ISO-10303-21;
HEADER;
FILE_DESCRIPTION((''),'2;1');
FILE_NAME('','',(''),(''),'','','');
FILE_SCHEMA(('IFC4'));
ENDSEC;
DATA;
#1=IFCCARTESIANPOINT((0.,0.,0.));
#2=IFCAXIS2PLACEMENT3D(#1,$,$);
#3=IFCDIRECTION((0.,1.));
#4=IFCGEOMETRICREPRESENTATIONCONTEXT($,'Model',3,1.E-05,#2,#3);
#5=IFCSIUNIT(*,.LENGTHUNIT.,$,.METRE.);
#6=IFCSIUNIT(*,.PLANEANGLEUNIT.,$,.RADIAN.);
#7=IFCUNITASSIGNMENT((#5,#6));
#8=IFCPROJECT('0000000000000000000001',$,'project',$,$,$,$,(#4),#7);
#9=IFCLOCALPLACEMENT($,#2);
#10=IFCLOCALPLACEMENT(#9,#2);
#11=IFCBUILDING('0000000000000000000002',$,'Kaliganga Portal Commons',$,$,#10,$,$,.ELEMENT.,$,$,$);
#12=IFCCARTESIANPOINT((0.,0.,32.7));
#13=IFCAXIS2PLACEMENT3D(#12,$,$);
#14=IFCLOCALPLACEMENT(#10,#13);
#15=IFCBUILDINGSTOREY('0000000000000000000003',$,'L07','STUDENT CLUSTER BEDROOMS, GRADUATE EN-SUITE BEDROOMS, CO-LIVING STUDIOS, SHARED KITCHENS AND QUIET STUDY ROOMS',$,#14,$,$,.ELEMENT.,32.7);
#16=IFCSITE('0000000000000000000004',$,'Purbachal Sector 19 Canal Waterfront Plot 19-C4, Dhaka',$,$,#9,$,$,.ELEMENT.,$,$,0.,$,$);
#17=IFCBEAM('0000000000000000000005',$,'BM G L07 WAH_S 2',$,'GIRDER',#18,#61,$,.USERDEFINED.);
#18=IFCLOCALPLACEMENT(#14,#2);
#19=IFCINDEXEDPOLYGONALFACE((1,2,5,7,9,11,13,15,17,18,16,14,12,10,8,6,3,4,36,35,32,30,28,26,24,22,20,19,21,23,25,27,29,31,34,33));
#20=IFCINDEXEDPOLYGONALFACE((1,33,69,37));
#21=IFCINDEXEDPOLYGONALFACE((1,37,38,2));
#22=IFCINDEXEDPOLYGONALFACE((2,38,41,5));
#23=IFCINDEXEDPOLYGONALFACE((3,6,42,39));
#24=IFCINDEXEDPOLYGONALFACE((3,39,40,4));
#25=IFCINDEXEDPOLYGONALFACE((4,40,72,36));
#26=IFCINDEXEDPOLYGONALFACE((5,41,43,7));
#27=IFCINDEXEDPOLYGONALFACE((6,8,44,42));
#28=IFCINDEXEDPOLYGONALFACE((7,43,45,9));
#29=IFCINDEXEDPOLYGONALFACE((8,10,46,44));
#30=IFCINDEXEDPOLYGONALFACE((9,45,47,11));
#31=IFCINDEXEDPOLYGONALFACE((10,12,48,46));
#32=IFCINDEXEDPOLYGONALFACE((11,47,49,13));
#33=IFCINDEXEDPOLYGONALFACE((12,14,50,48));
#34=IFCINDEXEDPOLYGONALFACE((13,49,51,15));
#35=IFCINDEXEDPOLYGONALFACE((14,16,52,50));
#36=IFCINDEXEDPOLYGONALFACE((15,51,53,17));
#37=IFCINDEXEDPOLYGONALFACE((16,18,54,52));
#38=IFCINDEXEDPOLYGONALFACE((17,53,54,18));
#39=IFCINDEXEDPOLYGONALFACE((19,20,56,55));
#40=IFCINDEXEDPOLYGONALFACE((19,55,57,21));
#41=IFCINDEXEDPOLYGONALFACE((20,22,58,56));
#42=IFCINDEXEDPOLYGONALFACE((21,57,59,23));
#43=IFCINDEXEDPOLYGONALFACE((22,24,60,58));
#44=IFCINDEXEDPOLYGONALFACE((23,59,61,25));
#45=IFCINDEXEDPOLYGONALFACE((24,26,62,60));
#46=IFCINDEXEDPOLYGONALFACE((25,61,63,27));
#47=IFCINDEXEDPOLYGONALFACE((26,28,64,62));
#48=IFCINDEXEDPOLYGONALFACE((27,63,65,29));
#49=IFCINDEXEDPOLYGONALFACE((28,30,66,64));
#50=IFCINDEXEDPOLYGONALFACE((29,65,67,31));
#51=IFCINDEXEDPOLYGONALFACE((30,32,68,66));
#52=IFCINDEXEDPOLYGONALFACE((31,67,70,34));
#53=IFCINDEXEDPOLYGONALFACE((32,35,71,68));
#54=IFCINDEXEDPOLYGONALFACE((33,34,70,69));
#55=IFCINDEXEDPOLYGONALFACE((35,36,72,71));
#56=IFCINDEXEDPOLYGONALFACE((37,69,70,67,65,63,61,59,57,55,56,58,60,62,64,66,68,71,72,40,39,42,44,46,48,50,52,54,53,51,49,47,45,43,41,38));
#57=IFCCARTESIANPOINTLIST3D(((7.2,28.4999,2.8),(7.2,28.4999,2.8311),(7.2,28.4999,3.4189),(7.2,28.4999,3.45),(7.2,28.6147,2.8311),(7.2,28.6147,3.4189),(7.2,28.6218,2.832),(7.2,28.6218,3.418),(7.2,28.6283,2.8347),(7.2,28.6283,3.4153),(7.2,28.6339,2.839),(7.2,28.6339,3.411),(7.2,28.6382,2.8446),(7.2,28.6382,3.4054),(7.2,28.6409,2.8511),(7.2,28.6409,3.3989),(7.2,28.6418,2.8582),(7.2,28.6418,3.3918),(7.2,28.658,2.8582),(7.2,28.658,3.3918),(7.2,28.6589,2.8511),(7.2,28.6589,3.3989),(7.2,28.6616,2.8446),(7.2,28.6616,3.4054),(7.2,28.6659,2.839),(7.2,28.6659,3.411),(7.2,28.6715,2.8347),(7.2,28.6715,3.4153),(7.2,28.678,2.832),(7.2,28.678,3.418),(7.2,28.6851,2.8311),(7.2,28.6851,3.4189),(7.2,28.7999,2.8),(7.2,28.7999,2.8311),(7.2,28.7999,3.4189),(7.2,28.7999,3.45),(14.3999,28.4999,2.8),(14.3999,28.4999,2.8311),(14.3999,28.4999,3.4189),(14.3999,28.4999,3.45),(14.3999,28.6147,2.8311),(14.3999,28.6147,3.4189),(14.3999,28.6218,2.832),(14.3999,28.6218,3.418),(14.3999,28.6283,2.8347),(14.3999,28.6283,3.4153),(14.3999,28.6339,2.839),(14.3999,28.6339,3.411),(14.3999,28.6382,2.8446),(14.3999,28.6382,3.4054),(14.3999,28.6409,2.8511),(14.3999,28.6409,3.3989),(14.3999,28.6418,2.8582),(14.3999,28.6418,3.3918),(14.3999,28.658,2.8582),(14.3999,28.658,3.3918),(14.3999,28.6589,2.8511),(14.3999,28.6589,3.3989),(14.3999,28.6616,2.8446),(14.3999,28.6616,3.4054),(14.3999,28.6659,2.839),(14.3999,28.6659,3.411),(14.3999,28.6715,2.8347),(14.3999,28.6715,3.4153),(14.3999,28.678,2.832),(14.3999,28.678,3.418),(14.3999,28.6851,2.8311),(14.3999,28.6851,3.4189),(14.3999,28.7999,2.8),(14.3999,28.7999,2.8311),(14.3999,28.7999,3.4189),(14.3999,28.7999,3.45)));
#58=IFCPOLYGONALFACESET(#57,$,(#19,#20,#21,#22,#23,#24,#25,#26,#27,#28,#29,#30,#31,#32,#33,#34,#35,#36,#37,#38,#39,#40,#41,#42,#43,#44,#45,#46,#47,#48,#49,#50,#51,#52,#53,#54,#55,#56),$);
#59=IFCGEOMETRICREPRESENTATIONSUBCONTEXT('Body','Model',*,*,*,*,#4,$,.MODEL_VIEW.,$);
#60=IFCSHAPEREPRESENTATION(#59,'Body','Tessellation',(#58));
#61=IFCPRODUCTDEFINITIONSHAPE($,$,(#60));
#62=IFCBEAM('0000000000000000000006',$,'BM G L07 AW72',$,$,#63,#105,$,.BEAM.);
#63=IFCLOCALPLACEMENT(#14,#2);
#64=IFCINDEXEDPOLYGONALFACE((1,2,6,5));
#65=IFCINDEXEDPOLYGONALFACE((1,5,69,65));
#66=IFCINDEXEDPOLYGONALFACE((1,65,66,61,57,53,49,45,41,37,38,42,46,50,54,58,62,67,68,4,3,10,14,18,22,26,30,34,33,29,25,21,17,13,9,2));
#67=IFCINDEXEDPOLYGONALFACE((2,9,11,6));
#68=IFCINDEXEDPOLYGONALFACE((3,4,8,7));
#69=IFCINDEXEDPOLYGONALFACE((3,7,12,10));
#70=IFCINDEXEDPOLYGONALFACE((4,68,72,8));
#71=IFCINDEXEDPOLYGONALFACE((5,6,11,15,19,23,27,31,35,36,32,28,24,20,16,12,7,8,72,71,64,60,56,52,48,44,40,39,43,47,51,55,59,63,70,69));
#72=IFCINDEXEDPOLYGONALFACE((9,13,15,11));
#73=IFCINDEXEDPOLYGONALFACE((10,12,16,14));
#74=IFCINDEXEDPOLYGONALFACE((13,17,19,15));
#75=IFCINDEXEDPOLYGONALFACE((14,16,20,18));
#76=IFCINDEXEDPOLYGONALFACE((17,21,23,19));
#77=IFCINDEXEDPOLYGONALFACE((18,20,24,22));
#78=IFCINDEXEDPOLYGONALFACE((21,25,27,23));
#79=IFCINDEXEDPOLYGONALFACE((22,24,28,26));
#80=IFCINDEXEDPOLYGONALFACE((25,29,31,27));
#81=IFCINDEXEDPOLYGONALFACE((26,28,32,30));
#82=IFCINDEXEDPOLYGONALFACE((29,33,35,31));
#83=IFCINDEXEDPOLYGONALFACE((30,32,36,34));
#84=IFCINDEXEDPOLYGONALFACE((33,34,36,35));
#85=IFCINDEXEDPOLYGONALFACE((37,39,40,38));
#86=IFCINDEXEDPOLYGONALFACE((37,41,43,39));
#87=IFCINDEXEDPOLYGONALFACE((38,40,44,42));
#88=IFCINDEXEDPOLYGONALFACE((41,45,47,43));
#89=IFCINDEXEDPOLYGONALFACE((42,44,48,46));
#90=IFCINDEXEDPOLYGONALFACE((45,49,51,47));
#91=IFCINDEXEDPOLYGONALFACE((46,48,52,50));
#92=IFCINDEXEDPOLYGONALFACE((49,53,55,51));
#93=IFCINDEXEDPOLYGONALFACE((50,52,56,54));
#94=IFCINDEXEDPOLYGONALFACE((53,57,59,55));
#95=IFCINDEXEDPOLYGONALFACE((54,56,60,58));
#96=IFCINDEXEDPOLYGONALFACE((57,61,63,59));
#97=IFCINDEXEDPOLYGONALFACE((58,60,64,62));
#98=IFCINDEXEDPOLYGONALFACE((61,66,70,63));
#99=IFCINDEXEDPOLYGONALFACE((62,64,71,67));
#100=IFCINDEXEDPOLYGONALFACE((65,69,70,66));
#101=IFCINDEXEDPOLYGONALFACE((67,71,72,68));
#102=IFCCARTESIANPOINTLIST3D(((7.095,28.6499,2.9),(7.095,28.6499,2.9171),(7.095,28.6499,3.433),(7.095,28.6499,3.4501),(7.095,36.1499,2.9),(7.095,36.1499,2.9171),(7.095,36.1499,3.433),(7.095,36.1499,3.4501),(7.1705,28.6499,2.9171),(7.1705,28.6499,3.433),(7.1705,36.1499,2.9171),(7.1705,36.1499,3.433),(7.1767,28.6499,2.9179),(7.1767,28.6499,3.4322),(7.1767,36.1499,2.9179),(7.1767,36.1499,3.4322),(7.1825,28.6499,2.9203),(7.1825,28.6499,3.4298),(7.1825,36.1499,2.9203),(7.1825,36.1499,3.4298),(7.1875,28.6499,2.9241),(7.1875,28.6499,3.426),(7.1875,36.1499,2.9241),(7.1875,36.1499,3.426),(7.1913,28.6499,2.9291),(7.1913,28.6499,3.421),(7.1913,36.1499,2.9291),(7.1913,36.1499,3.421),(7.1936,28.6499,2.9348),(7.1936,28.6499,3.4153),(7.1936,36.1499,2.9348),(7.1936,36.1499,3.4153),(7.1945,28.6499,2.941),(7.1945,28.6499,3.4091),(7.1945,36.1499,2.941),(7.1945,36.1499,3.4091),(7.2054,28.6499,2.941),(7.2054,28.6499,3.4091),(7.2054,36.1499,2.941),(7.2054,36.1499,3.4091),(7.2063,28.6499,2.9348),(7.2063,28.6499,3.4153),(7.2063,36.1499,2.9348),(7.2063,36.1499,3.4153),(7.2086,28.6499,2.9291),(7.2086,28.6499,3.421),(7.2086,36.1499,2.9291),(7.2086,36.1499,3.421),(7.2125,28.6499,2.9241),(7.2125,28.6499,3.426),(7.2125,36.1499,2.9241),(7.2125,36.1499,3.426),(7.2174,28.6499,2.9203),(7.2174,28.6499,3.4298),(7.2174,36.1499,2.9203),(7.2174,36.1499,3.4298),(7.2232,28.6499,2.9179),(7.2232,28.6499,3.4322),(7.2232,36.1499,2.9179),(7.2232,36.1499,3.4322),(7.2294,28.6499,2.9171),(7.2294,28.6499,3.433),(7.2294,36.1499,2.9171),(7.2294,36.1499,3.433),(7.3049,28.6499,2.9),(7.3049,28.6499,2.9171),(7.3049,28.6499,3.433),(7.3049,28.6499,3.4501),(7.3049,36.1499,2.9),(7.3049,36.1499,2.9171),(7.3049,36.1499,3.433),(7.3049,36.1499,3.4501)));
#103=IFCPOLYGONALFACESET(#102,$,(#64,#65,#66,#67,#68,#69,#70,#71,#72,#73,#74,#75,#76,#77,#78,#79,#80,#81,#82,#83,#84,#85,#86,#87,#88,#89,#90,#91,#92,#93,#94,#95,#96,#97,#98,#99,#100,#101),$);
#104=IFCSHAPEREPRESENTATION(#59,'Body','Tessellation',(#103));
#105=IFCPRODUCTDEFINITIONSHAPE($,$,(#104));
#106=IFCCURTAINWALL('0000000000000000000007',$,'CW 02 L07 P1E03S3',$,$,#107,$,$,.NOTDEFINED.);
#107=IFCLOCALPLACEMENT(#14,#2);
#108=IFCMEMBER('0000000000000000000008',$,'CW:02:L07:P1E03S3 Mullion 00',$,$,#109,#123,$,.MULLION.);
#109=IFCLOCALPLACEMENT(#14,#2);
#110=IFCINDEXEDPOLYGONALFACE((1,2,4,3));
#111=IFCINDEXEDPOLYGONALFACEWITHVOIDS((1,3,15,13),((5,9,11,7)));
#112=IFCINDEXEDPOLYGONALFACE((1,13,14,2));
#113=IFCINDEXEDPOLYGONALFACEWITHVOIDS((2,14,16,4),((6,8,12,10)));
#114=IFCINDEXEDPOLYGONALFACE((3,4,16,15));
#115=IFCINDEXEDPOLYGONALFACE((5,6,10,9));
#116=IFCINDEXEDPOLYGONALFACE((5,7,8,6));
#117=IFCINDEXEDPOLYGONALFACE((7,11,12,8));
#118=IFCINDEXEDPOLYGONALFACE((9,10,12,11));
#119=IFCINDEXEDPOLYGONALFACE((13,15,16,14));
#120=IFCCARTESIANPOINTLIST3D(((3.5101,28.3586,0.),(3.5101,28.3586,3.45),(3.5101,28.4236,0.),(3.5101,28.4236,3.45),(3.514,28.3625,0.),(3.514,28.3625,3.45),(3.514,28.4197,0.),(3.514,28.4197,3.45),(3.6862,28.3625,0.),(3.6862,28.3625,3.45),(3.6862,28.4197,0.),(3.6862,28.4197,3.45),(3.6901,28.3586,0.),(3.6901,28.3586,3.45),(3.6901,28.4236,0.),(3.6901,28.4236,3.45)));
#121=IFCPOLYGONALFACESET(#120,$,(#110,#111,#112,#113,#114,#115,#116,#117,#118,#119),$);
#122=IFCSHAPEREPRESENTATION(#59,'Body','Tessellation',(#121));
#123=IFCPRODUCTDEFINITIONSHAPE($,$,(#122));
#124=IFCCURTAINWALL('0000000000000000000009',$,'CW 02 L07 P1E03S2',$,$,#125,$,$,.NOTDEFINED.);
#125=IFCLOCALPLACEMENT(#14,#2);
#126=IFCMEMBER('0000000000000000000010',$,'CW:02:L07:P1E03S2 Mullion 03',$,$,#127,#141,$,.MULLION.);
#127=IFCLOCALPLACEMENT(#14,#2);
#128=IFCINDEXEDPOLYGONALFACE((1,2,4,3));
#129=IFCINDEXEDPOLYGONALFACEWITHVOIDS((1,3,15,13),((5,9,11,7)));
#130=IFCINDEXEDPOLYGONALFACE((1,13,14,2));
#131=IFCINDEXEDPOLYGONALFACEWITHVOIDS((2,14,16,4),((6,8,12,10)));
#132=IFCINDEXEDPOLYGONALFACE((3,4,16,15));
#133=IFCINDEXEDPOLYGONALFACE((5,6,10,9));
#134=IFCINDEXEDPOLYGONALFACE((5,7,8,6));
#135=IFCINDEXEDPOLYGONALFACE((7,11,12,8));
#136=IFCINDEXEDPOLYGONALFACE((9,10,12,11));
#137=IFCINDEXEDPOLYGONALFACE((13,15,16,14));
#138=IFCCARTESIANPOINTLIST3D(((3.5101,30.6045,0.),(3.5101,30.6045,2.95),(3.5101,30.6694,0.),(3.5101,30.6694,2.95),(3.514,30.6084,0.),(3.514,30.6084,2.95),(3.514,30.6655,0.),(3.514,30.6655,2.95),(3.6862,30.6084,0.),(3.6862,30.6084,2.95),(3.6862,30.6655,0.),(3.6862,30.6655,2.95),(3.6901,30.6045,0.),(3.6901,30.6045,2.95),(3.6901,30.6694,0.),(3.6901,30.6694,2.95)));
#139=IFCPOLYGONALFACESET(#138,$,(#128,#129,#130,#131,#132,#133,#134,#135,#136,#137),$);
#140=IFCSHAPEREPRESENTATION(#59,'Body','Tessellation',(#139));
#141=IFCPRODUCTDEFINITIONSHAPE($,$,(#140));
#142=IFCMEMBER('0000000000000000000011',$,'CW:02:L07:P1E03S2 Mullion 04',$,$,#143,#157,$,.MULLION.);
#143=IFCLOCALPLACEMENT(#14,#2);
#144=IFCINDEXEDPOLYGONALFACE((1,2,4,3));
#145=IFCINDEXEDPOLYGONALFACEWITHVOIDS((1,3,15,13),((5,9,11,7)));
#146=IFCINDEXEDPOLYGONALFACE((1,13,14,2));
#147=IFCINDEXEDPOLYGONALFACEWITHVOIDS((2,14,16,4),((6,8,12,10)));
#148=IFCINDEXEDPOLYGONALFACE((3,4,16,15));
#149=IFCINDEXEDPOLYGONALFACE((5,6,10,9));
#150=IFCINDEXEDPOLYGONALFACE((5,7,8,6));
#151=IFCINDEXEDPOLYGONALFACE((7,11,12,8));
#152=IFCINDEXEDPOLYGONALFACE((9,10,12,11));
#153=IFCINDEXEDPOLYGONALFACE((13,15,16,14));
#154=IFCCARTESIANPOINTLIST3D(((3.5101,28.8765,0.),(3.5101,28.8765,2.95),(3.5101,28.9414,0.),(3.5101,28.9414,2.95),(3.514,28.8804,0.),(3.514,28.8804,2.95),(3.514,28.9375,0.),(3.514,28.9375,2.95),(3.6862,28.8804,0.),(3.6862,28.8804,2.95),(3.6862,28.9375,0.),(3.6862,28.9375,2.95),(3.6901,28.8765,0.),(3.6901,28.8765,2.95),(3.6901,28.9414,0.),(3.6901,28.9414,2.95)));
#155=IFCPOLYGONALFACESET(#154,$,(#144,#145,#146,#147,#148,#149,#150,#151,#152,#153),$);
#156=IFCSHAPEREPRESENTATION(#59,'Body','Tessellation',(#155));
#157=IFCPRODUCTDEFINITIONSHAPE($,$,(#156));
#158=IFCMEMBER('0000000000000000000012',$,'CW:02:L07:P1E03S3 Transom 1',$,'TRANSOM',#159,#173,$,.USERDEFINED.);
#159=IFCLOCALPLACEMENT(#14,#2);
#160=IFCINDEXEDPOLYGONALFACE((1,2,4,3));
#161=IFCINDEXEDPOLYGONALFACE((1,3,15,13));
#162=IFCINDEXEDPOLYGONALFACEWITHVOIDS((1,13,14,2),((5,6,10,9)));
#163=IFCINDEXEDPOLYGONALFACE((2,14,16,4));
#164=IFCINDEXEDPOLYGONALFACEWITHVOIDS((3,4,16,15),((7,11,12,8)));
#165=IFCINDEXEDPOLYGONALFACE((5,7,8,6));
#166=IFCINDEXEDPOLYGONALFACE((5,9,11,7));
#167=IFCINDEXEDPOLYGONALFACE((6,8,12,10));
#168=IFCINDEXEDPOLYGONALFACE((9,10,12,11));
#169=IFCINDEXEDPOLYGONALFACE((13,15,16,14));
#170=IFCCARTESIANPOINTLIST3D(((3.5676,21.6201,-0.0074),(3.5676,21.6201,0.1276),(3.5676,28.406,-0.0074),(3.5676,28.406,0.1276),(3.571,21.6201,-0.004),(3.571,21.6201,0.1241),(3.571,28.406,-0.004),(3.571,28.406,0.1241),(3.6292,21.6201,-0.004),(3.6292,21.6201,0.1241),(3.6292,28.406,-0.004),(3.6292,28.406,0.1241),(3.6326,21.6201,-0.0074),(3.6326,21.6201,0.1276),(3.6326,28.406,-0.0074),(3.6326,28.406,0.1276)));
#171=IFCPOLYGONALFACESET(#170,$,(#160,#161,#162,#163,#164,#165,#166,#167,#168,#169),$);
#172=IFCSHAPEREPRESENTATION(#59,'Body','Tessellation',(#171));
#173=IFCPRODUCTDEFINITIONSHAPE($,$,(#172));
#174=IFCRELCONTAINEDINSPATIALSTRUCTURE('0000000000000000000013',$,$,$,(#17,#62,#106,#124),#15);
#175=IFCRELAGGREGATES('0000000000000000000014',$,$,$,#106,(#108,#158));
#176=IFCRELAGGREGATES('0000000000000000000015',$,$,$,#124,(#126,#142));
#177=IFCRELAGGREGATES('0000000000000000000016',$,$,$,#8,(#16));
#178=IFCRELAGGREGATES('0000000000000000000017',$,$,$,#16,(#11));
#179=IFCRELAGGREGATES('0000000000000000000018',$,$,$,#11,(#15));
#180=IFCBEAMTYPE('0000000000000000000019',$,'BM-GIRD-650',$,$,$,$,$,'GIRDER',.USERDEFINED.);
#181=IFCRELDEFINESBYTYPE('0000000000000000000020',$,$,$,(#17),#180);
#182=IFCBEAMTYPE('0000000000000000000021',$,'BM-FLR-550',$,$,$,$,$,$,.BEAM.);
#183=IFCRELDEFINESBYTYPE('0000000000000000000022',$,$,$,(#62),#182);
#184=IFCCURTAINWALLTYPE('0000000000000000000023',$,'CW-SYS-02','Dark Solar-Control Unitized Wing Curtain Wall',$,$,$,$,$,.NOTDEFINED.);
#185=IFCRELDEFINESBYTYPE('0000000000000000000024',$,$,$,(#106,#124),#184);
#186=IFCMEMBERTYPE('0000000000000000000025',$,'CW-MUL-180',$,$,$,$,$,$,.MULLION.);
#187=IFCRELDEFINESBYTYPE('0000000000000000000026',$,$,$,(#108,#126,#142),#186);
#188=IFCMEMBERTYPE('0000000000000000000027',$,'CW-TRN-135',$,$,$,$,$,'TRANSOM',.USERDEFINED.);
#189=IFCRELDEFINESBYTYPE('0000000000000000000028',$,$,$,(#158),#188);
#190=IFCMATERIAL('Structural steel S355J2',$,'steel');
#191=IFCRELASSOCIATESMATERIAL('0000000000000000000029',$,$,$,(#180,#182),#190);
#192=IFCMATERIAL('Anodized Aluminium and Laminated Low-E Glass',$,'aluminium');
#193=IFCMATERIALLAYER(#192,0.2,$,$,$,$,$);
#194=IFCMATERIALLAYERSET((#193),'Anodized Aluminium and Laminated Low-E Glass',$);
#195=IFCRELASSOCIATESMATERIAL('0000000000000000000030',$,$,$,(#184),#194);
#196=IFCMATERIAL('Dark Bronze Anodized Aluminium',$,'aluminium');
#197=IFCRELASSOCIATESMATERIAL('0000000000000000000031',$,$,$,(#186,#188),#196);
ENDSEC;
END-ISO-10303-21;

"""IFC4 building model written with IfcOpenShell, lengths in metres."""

from ifc_helpers import new_model, si_unit, direction, frame, origin, origin_2d, place, context, subcontext, project, spatial, hollow_rectangle, i_section, extrude, source, transform, mapped, material, layer, layer_set, material_profile, profile_set, type_object, element, aggregate, save


model = new_model("IFC4")

# Units and contexts
model_context = context("Model", 3, precision=1e-05, world=origin(), true_north=direction((0.0, 1.0)))
body_context = subcontext(model_context, "Body", "Model", "MODEL_VIEW")
ifc_project = project(units=[si_unit("LENGTHUNIT", "METRE"), si_unit("PLANEANGLEUNIT", "RADIAN")], contexts=[model_context])

# Site, building, storey
site_placement = place(None, origin())
site = spatial("IfcSite", under=ifc_project, at=site_placement, Name="Purbachal Sector 19 Canal Waterfront Plot 19-C4, Dhaka", CompositionType="ELEMENT", RefElevation=0.0)
building_placement = place(site_placement, origin())
building = spatial("IfcBuilding", under=site, at=building_placement, Name="Kaliganga Portal Commons", CompositionType="ELEMENT")
storey_placement = place(building_placement, frame((0.0, 0.0, 32.7)))
storey = spatial("IfcBuildingStorey", under=building, at=storey_placement, Name="L07", Description="STUDENT CLUSTER BEDROOMS, GRADUATE EN-SUITE BEDROOMS, CO-LIVING STUDIOS, SHARED KITCHENS AND QUIET STUDY ROOMS", CompositionType="ELEMENT", Elevation=32.7)

# Beams
ifc_material_1 = material(Name="Structural steel S355J2", Category="steel")
ifc_material_profile_1 = material_profile(ifc_material_1, i_section(OverallWidth=0.3, OverallDepth=0.6499, WebThickness=0.0161, FlangeThickness=0.031, FilletRadius=0.0271, at=origin_2d()), Name="HE 650 B")
ifc_profile_set_1 = profile_set([ifc_material_profile_1], Name="Structural steel S355J2 wide-flange")
beam_type_1 = type_object("IfcBeamType", Name="BM-GIRD-650", ElementType="GIRDER", PredefinedType="USERDEFINED", material=ifc_profile_set_1)
shared_shape_1 = source(origin(), body_context, "Body", "SweptSolid", [
    extrude(i_section(OverallWidth=0.3, OverallDepth=0.6499, WebThickness=0.0161, FlangeThickness=0.031, FilletRadius=0.0271, at=origin_2d()), origin(), (0.0, 0.0, 1.0), 7.2),
])
beam_1_placement = place(storey_placement, frame((7.2, 28.6499, 3.125), z_axis=(1.0, 0.0, 0.0), x_axis=(0.0, 1.0, 0.0)))
element("IfcBeam", 1, at=beam_1_placement, inside=storey, type_object=beam_type_1, Name="BM G L07 WAH_S 2", ObjectType="GIRDER", PredefinedType="USERDEFINED", context=body_context, shape_type="MappedRepresentation", body=[
    mapped(shared_shape_1, transform((0.0, 0.0, 0.0), x_axis=(1.0, 0.0, 0.0), y_axis=(0.0, 1.0, 0.0), z_axis=(0.0, 0.0, 1.0), scale=1.0)),
])
ifc_material_profile_2 = material_profile(ifc_material_1, i_section(OverallWidth=0.21, OverallDepth=0.55, WebThickness=0.011, FlangeThickness=0.0171, FilletRadius=0.0239, at=origin_2d()), Name="IPE 550")
ifc_profile_set_2 = profile_set([ifc_material_profile_2], Name="Structural steel S355J2 wide-flange")
beam_type_2 = type_object("IfcBeamType", Name="BM-FLR-550", PredefinedType="BEAM", material=ifc_profile_set_2)
shared_shape_2 = source(origin(), body_context, "Body", "SweptSolid", [
    extrude(i_section(OverallWidth=0.21, OverallDepth=0.55, WebThickness=0.011, FlangeThickness=0.0171, FilletRadius=0.0239, at=origin_2d()), origin(), (0.0, 0.0, 1.0), 7.5),
])
beam_2_placement = place(storey_placement, frame((7.2, 28.6499, 3.175), z_axis=(0.0, 1.0, 0.0), x_axis=(-1.0, 0.0, 0.0)))
element("IfcBeam", 2, at=beam_2_placement, inside=storey, type_object=beam_type_2, Name="BM G L07 AW72", PredefinedType="BEAM", context=body_context, shape_type="MappedRepresentation", body=[
    mapped(shared_shape_2, transform((0.0, 0.0, 0.0), x_axis=(1.0, 0.0, 0.0), y_axis=(0.0, 1.0, 0.0), z_axis=(0.0, 0.0, 1.0), scale=1.0)),
])

# Curtain wall, member
ifc_material_2 = material(Name="Anodized Aluminium and Laminated Low-E Glass", Category="aluminium")
ifc_layer_1 = layer(ifc_material_2, 0.2)
ifc_layer_set_1 = layer_set([ifc_layer_1], Name="Anodized Aluminium and Laminated Low-E Glass")
curtain_wall_type = type_object("IfcCurtainWallType", Name="CW-SYS-02", Description="Dark Solar-Control Unitized Wing Curtain Wall", PredefinedType="NOTDEFINED", material=ifc_layer_set_1)
curtain_wall_1_placement = place(storey_placement, origin())
curtain_wall_1 = element("IfcCurtainWall", 3, at=curtain_wall_1_placement, inside=storey, type_object=curtain_wall_type, Name="CW 02 L07 P1E03S3", PredefinedType="NOTDEFINED")
ifc_material_3 = material(Name="Dark Bronze Anodized Aluminium", Category="aluminium")
ifc_material_profile_3 = material_profile(ifc_material_3, hollow_rectangle(XDim=0.0649, YDim=0.1799, WallThickness=0.0039, at=origin_2d()), Name="ALU MULL 65x180x4")
ifc_profile_set_3 = profile_set([ifc_material_profile_3], Name="Dark Bronze Anodized Aluminium")
member_type_1 = type_object("IfcMemberType", Name="CW-MUL-180", PredefinedType="MULLION", material=ifc_profile_set_3)
shared_shape_3 = source(origin(), body_context, "Body", "SweptSolid", [
    extrude(hollow_rectangle(XDim=0.0649, YDim=0.1799, WallThickness=0.0039, at=origin_2d()), origin(), (0.0, 0.0, 1.0), 3.45),
])
member_1_placement = place(storey_placement, frame((3.6001, 28.3911, 0.0), z_axis=(0.0, 0.0, 1.0), x_axis=(0.0, -1.0, 0.0)))
member_1 = element("IfcMember", 4, at=member_1_placement, type_object=member_type_1, Name="CW:02:L07:P1E03S3 Mullion 00", PredefinedType="MULLION", context=body_context, shape_type="MappedRepresentation", body=[
    mapped(shared_shape_3, transform((0.0, 0.0, 0.0), x_axis=(1.0, 0.0, 0.0), y_axis=(0.0, 1.0, 0.0), z_axis=(0.0, 0.0, 1.0), scale=1.0)),
])

# Curtain wall, members
curtain_wall_2_placement = place(storey_placement, origin())
curtain_wall_2 = element("IfcCurtainWall", 5, at=curtain_wall_2_placement, inside=storey, type_object=curtain_wall_type, Name="CW 02 L07 P1E03S2", PredefinedType="NOTDEFINED")
shared_shape_4 = source(origin(), body_context, "Body", "SweptSolid", [
    extrude(hollow_rectangle(XDim=0.0649, YDim=0.1799, WallThickness=0.0039, at=origin_2d()), origin(), (0.0, 0.0, 1.0), 2.95),
])
member_2_placement = place(storey_placement, frame((3.6001, 30.637, 0.0), z_axis=(0.0, 0.0, 1.0), x_axis=(0.0, -1.0, 0.0)))
member_2 = element("IfcMember", 6, at=member_2_placement, type_object=member_type_1, Name="CW:02:L07:P1E03S2 Mullion 03", PredefinedType="MULLION", context=body_context, shape_type="MappedRepresentation", body=[
    mapped(shared_shape_4, transform((0.0, 0.0, 0.0), x_axis=(1.0, 0.0, 0.0), y_axis=(0.0, 1.0, 0.0), z_axis=(0.0, 0.0, 1.0), scale=1.0)),
])
member_3_placement = place(storey_placement, frame((3.6001, 28.9089, 0.0), z_axis=(0.0, 0.0, 1.0), x_axis=(0.0, -1.0, 0.0)))
member_3 = element("IfcMember", 7, at=member_3_placement, type_object=member_type_1, Name="CW:02:L07:P1E03S2 Mullion 04", PredefinedType="MULLION", context=body_context, shape_type="MappedRepresentation", body=[
    mapped(shared_shape_4, transform((0.0, 0.0, 0.0), x_axis=(1.0, 0.0, 0.0), y_axis=(0.0, 1.0, 0.0), z_axis=(0.0, 0.0, 1.0), scale=1.0)),
])

# Member
ifc_material_profile_4 = material_profile(ifc_material_3, hollow_rectangle(XDim=0.0649, YDim=0.135, WallThickness=0.0034, at=origin_2d()), Name="ALU TRAN 65x135x3.5")
ifc_profile_set_4 = profile_set([ifc_material_profile_4], Name="Dark Bronze Anodized Aluminium")
member_type_2 = type_object("IfcMemberType", Name="CW-TRN-135", ElementType="TRANSOM", PredefinedType="USERDEFINED", material=ifc_profile_set_4)
shared_shape_5 = source(origin(), body_context, "Body", "SweptSolid", [
    extrude(hollow_rectangle(XDim=0.0649, YDim=0.135, WallThickness=0.0034, at=origin_2d()), origin(), (0.0, 0.0, 1.0), 6.7859),
])
member_4_placement = place(storey_placement, frame((3.6001, 28.406, 0.0601), z_axis=(0.0, -1.0, 0.0), x_axis=(1.0, 0.0, 0.0)))
member_4 = element("IfcMember", 8, at=member_4_placement, type_object=member_type_2, Name="CW:02:L07:P1E03S3 Transom 1", ObjectType="TRANSOM", PredefinedType="USERDEFINED", context=body_context, shape_type="MappedRepresentation", body=[
    mapped(shared_shape_5, transform((0.0, 0.0, 0.0), x_axis=(1.0, 0.0, 0.0), y_axis=(0.0, 1.0, 0.0), z_axis=(0.0, 0.0, 1.0), scale=1.0)),
])

aggregate(curtain_wall_1, [member_1, member_4])
aggregate(curtain_wall_2, [member_2, member_3])

save(model, "model.ifc")
